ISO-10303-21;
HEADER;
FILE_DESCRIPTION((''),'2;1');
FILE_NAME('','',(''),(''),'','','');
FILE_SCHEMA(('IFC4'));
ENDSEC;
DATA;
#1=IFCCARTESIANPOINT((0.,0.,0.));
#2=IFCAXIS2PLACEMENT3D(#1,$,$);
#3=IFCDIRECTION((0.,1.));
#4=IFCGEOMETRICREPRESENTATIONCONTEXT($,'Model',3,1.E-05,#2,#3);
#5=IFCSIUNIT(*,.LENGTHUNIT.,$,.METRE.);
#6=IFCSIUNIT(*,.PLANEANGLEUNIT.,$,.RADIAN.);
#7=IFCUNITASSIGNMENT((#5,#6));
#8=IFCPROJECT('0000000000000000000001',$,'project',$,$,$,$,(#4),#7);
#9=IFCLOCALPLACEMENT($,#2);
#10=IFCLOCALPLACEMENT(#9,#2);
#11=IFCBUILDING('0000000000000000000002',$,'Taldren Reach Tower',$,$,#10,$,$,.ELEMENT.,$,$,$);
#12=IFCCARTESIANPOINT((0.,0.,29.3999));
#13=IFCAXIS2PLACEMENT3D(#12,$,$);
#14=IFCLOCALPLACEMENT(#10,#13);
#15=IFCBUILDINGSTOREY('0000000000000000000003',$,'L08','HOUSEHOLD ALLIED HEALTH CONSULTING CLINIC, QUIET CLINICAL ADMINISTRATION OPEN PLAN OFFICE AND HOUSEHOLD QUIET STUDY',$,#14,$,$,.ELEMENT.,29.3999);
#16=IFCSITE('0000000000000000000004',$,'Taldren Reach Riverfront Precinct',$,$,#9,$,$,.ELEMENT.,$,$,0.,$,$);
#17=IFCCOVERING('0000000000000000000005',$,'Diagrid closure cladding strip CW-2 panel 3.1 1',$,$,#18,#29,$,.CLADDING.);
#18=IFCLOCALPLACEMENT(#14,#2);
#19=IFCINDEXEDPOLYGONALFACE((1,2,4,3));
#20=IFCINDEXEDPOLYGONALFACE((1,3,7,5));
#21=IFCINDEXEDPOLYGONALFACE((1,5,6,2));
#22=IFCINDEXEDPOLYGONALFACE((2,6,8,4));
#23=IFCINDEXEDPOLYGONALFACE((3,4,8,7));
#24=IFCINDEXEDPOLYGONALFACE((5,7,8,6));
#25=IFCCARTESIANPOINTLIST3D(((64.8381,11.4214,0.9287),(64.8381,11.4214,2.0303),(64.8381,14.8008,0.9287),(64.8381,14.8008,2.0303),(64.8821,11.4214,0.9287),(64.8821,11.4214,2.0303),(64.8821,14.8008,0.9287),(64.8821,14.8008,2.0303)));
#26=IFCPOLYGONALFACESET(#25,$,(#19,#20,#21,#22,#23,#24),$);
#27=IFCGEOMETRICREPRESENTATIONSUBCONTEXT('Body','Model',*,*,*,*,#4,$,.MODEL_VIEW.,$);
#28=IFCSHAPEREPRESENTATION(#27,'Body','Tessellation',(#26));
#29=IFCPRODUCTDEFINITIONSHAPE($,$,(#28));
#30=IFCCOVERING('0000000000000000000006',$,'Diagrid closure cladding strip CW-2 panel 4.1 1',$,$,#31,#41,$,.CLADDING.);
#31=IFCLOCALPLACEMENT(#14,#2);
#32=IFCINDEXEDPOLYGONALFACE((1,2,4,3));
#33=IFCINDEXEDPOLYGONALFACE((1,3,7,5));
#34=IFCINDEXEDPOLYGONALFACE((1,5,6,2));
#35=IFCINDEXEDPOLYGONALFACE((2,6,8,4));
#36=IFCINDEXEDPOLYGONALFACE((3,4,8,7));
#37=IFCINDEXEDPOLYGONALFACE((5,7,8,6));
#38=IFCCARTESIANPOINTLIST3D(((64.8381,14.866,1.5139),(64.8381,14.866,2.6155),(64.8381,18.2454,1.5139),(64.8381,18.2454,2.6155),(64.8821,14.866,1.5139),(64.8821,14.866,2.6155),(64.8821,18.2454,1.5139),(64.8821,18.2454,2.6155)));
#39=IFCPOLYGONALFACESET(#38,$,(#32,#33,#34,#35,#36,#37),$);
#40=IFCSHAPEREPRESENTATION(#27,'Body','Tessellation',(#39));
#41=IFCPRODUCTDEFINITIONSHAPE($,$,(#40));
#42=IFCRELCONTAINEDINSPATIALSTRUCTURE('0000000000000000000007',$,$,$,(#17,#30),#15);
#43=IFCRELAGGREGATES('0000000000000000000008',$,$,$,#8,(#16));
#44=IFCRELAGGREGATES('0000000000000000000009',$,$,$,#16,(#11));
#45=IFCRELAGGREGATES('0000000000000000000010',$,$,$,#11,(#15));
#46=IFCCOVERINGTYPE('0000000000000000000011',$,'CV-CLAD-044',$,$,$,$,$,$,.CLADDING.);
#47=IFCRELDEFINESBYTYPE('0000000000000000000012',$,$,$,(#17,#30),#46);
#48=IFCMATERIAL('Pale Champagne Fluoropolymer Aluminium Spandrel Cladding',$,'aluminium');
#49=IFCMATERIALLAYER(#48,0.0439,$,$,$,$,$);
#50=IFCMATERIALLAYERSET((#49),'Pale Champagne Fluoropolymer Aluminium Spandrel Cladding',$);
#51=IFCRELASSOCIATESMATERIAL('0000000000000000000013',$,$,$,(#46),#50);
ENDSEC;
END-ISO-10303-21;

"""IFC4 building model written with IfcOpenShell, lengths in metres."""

from ifc_helpers import new_model, si_unit, direction, frame, origin, origin_2d, place, context, subcontext, project, spatial, rectangle, extrude, source, transform, mapped, material, layer, layer_set, type_object, element, save


model = new_model("IFC4")

# Units and contexts
model_context = context("Model", 3, precision=1e-05, world=origin(), true_north=direction((0.0, 1.0)))
body_context = subcontext(model_context, "Body", "Model", "MODEL_VIEW")
ifc_project = project(units=[si_unit("LENGTHUNIT", "METRE"), si_unit("PLANEANGLEUNIT", "RADIAN")], contexts=[model_context])

# Site, building, storey
site_placement = place(None, origin())
site = spatial("IfcSite", under=ifc_project, at=site_placement, Name="Taldren Reach Riverfront Precinct", CompositionType="ELEMENT", RefElevation=0.0)
building_placement = place(site_placement, origin())
building = spatial("IfcBuilding", under=site, at=building_placement, Name="Taldren Reach Tower", CompositionType="ELEMENT")
storey_placement = place(building_placement, frame((0.0, 0.0, 29.3999)))
storey = spatial("IfcBuildingStorey", under=building, at=storey_placement, Name="L08", Description="HOUSEHOLD ALLIED HEALTH CONSULTING CLINIC, QUIET CLINICAL ADMINISTRATION OPEN PLAN OFFICE AND HOUSEHOLD QUIET STUDY", CompositionType="ELEMENT", Elevation=29.3999)

# Coverings
ifc_material_1 = material(Name="Pale Champagne Fluoropolymer Aluminium Spandrel Cladding", Category="aluminium")
ifc_layer_1 = layer(ifc_material_1, 0.0439)
ifc_layer_set_1 = layer_set([ifc_layer_1], Name="Pale Champagne Fluoropolymer Aluminium Spandrel Cladding")
covering_type = type_object("IfcCoveringType", Name="CV-CLAD-044", PredefinedType="CLADDING", material=ifc_layer_set_1)
shared_shape_1 = source(origin(), body_context, "Body", "SweptSolid", [
    extrude(rectangle(XDim=3.3794, YDim=0.0439, at=origin_2d()), origin(), (0.0, 0.0, 1.0), 1.1016),
])
for number, where, z_axis, x_axis, name in (
    (1, (64.8601, 13.1111, 0.9287), (0.0, 0.0, 1.0), (0.0, 1.0, 0.0), "Diagrid closure cladding strip CW-2 panel 3.1 1"),
    (2, (64.8601, 16.5557, 1.5139), (0.0, 0.0, 1.0), (0.0, 1.0, 0.0), "Diagrid closure cladding strip CW-2 panel 4.1 1"),
):
    element("IfcCovering", number, at=place(storey_placement, frame(where, z_axis=z_axis, x_axis=x_axis)), inside=storey, type_object=covering_type, Name=name, PredefinedType="CLADDING", context=body_context, shape_type="MappedRepresentation", body=[
        mapped(shared_shape_1, transform((0.0, 0.0, 0.0), scale=1.0)),
    ])

save(model, "model.ifc")
